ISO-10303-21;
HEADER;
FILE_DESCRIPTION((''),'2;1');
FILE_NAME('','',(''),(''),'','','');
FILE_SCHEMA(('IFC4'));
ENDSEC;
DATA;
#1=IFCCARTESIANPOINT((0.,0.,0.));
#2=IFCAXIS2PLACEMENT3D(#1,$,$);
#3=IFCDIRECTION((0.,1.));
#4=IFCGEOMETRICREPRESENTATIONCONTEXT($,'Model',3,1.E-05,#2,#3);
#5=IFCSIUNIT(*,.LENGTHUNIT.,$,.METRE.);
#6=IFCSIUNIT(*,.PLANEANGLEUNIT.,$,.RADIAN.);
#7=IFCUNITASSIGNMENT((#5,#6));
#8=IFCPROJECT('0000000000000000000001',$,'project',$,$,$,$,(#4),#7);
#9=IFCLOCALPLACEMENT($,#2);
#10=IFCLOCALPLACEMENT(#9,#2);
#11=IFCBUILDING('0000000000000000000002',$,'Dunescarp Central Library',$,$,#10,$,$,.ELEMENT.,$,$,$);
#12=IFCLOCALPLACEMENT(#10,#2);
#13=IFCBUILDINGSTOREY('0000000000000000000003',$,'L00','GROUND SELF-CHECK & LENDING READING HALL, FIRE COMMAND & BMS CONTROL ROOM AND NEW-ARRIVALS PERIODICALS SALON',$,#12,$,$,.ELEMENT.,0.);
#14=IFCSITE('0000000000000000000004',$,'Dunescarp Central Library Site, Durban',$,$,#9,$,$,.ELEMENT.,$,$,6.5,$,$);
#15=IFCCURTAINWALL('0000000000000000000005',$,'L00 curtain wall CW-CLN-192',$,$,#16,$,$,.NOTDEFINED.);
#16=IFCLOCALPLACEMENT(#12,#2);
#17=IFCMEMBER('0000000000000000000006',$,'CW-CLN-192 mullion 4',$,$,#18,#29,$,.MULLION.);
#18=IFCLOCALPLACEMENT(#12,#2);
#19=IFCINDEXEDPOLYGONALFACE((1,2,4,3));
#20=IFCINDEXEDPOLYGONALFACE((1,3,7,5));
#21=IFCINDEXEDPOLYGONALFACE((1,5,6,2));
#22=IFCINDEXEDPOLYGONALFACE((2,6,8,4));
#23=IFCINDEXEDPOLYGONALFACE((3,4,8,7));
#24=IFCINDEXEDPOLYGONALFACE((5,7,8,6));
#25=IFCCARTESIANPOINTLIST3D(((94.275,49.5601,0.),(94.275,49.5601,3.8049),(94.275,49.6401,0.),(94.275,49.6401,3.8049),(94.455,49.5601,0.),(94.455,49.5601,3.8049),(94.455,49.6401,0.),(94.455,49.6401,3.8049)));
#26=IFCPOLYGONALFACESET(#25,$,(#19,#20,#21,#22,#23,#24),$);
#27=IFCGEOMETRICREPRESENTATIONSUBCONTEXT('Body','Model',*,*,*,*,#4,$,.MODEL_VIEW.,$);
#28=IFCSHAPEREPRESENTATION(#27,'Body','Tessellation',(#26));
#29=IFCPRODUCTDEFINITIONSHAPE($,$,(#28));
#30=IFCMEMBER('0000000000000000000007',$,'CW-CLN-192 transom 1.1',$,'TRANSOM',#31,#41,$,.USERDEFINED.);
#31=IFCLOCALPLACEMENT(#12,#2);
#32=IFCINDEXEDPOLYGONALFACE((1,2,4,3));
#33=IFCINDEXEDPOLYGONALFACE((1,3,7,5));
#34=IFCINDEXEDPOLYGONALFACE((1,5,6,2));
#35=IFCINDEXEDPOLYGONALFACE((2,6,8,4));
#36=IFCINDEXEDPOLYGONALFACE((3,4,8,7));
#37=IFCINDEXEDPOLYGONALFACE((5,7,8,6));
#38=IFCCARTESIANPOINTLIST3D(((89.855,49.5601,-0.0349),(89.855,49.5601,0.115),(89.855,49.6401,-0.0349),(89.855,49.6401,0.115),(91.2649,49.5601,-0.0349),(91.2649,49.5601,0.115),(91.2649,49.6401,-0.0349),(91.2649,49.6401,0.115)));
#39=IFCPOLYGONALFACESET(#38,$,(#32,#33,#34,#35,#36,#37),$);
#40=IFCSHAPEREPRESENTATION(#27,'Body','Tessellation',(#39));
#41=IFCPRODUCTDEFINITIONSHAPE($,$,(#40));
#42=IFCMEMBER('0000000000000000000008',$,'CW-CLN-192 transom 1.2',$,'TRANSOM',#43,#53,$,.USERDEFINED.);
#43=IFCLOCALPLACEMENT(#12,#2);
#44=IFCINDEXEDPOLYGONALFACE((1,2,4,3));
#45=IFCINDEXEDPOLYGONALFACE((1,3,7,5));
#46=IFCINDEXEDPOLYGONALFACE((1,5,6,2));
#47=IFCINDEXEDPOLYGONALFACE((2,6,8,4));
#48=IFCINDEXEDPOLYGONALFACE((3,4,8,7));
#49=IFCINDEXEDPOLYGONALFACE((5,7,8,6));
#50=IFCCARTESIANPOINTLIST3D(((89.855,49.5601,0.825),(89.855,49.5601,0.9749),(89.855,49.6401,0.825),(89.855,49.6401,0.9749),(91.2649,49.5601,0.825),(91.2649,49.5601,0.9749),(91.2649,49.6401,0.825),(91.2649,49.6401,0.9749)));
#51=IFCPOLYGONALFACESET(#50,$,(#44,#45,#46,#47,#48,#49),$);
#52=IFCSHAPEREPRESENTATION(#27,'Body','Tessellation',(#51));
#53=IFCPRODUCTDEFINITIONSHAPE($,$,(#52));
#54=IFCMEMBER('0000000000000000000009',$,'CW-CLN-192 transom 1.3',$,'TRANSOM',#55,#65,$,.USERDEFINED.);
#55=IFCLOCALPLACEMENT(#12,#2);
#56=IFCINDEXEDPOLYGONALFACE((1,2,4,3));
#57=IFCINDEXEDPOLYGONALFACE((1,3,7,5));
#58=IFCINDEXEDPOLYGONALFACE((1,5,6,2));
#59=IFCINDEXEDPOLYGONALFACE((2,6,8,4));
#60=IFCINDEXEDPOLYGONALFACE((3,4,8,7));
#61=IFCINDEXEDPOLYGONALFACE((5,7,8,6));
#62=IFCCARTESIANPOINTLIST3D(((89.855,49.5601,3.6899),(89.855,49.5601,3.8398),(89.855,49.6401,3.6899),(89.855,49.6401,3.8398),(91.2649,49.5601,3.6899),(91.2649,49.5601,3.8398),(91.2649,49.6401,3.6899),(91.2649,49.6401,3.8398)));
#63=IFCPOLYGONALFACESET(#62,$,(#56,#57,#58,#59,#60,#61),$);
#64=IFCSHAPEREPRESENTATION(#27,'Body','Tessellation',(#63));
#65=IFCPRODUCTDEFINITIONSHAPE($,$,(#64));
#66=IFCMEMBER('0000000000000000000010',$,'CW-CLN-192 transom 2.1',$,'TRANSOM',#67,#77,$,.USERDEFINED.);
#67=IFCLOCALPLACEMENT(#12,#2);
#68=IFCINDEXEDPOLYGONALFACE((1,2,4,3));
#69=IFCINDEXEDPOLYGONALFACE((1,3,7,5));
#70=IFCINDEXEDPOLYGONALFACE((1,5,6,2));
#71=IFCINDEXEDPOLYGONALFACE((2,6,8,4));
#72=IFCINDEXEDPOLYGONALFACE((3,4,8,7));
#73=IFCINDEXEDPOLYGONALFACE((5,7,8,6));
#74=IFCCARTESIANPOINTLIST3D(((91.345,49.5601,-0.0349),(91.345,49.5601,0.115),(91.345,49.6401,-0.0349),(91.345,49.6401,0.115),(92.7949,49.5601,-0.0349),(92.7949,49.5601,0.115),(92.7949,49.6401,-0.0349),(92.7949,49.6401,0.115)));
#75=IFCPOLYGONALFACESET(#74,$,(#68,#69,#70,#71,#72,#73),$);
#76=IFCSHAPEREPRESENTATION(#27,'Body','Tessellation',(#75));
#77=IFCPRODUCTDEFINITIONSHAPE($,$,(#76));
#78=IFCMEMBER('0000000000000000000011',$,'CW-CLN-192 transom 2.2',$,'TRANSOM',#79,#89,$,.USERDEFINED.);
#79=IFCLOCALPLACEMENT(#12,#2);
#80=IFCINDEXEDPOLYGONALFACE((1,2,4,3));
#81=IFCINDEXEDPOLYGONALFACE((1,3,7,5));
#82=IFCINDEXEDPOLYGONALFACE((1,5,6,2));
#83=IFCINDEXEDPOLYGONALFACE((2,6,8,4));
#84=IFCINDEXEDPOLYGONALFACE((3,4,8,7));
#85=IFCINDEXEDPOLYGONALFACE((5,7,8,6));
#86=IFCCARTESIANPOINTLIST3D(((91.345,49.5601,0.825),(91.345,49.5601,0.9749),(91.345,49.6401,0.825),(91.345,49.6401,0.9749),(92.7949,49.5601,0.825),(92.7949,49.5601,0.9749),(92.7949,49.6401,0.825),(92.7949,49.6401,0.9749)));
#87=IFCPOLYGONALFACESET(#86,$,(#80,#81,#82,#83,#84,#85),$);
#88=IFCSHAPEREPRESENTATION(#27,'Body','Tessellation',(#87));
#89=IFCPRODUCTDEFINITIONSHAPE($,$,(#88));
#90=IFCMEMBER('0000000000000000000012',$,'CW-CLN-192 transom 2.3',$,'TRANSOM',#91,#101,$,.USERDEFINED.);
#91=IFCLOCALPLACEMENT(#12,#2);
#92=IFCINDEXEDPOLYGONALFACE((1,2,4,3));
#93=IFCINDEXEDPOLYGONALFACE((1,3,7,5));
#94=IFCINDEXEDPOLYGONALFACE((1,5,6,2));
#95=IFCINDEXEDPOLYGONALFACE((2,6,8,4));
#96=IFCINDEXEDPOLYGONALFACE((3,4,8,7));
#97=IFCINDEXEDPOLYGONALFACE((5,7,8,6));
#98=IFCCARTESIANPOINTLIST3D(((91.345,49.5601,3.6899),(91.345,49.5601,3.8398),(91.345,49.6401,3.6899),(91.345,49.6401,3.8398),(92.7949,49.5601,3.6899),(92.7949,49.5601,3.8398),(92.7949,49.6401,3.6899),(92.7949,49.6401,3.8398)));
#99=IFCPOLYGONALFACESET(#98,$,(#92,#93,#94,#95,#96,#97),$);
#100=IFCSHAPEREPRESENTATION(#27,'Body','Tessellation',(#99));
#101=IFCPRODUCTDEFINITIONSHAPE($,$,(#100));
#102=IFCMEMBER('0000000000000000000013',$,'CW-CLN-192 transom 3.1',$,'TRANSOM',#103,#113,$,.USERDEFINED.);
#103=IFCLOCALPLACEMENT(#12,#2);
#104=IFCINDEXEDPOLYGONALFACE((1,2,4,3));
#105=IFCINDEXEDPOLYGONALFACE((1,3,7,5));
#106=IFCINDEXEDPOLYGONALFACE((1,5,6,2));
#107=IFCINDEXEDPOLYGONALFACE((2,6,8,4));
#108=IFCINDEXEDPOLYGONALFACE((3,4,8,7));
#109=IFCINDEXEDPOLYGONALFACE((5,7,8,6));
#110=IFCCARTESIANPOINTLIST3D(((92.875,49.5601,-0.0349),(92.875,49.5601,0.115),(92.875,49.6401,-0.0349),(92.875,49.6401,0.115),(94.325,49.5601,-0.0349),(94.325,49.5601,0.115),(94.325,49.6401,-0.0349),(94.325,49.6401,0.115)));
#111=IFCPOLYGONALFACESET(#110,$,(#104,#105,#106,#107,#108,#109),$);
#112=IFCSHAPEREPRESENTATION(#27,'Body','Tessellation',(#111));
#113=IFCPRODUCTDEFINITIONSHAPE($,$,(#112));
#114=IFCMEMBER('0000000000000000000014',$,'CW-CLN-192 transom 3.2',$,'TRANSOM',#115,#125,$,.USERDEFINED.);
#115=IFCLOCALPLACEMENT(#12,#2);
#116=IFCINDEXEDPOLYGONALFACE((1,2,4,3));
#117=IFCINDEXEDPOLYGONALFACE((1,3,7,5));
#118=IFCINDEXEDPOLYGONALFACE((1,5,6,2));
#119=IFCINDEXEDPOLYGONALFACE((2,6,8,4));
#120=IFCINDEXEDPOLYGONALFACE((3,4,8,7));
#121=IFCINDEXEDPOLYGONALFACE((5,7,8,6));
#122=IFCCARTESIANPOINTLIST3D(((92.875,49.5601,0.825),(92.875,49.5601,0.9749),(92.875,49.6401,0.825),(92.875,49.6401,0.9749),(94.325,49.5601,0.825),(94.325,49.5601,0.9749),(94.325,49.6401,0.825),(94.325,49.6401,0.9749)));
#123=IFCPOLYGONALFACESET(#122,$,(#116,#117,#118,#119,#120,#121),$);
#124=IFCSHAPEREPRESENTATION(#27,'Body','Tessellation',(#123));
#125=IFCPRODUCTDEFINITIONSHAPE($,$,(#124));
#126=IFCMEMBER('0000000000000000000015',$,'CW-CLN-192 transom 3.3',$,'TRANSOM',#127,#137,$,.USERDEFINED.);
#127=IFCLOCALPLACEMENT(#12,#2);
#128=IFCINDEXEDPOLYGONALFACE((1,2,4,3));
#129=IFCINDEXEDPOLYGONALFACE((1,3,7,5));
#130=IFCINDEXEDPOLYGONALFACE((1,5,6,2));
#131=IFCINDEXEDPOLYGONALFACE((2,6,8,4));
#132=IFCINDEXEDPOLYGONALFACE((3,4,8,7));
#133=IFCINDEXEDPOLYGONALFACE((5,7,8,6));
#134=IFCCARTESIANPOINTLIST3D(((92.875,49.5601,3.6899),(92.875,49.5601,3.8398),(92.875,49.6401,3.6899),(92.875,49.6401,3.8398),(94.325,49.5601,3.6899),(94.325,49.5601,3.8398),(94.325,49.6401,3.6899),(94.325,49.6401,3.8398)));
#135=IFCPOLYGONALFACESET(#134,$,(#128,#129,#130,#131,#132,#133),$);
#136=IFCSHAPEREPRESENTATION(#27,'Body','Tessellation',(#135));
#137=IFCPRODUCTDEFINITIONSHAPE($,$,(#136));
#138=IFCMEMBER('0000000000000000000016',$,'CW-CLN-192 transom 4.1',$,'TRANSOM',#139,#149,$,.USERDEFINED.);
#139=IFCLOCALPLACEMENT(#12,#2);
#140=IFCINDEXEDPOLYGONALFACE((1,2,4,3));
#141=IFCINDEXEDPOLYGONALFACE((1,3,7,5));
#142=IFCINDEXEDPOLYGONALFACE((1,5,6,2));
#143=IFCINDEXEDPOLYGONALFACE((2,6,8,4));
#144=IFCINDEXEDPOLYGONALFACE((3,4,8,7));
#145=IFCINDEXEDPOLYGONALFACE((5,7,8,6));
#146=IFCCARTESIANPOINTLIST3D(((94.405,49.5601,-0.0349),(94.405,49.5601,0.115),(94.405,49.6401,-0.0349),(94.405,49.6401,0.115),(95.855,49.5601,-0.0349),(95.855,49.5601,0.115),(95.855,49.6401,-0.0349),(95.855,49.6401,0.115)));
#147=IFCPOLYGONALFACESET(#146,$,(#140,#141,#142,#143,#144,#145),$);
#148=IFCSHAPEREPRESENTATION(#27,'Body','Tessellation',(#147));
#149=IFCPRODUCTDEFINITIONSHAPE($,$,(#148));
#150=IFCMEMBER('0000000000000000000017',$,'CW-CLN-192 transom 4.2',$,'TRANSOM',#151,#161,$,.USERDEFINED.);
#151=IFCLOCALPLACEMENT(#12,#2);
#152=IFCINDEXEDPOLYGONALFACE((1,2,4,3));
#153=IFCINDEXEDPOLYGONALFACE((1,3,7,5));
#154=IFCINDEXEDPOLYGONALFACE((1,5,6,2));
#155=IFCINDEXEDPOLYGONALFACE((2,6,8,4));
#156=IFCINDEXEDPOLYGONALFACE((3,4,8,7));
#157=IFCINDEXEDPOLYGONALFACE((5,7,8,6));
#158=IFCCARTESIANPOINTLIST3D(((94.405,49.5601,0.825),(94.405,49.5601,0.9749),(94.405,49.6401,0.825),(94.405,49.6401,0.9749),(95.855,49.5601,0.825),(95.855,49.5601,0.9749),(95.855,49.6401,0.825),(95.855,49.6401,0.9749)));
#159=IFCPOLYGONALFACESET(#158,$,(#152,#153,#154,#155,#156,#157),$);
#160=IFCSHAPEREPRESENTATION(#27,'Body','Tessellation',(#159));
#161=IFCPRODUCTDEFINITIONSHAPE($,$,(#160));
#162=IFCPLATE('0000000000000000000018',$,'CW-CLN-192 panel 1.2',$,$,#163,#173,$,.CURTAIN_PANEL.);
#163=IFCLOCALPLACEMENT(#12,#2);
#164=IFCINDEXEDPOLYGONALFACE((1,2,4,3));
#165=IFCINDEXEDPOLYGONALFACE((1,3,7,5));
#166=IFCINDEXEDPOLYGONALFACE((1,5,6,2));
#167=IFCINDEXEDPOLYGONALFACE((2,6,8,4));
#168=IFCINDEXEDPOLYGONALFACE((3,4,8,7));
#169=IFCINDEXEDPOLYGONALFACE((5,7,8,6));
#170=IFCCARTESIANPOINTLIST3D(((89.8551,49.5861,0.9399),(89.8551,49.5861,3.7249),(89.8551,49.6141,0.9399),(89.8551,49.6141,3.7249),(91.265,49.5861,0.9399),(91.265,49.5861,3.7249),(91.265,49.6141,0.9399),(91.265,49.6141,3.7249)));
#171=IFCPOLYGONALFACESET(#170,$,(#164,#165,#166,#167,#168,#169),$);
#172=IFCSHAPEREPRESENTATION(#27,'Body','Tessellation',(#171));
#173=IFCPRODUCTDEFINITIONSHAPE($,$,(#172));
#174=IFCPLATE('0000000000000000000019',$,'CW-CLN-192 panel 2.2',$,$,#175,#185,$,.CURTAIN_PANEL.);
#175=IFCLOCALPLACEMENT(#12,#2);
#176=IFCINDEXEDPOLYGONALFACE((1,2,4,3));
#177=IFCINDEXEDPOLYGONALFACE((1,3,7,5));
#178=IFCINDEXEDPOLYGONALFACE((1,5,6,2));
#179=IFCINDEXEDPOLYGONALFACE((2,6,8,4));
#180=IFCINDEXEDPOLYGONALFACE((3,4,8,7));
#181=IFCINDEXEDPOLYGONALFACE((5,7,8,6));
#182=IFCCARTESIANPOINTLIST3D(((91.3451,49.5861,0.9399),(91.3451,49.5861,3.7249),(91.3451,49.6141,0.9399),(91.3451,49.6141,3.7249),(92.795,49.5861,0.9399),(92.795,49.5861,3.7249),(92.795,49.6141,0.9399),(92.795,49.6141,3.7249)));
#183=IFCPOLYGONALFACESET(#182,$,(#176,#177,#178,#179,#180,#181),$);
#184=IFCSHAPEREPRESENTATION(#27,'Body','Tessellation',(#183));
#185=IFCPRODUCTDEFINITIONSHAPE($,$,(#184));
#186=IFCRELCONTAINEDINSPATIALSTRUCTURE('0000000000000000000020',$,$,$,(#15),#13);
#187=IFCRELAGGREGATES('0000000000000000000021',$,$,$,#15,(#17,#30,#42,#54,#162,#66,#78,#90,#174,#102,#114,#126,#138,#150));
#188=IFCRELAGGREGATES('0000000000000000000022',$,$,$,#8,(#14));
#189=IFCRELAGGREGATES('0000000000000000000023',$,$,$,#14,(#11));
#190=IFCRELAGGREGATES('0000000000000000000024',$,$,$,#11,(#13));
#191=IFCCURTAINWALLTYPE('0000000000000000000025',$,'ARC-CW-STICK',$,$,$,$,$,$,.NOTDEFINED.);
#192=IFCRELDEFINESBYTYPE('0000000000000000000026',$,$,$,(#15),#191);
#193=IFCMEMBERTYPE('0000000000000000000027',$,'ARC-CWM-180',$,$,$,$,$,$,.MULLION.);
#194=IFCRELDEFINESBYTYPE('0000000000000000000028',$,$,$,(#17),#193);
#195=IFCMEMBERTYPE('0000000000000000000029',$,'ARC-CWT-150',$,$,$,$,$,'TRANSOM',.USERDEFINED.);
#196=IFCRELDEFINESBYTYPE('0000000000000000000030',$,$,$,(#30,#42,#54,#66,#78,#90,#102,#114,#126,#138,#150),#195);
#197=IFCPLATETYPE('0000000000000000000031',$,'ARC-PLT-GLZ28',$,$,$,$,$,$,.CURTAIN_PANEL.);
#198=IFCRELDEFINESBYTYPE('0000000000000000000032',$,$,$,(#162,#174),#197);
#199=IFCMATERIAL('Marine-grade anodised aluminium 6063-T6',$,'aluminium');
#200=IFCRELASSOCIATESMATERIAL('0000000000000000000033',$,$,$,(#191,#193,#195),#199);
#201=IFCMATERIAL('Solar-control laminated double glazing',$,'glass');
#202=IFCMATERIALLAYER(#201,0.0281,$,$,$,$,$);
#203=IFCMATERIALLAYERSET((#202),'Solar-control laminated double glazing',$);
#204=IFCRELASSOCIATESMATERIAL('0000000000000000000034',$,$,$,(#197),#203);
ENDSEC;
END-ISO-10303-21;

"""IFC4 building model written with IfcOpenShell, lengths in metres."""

from ifc_helpers import new_model, si_unit, direction, frame, origin, origin_2d, place, context, subcontext, project, spatial, rectangle, extrude, material, layer, layer_set, material_profile, profile_set, type_object, element, aggregate, save


model = new_model("IFC4")

# Units and contexts
model_context = context("Model", 3, precision=1e-05, world=origin(), true_north=direction((0.0, 1.0)))
body_context = subcontext(model_context, "Body", "Model", "MODEL_VIEW")
ifc_project = project(units=[si_unit("LENGTHUNIT", "METRE"), si_unit("PLANEANGLEUNIT", "RADIAN")], contexts=[model_context])

# Site, building, storey
site_placement = place(None, origin())
site = spatial("IfcSite", under=ifc_project, at=site_placement, Name="Dunescarp Central Library Site, Durban", CompositionType="ELEMENT", RefElevation=6.5)
building_placement = place(site_placement, origin())
building = spatial("IfcBuilding", under=site, at=building_placement, Name="Dunescarp Central Library", CompositionType="ELEMENT")
storey_placement = place(building_placement, origin())
storey = spatial("IfcBuildingStorey", under=building, at=storey_placement, Name="L00", Description="GROUND SELF-CHECK & LENDING READING HALL, FIRE COMMAND & BMS CONTROL ROOM AND NEW-ARRIVALS PERIODICALS SALON", CompositionType="ELEMENT", Elevation=0.0)

# Curtain wall, members, plates
ifc_material_1 = material(Name="Marine-grade anodised aluminium 6063-T6", Category="aluminium")
curtain_wall_type = type_object("IfcCurtainWallType", Name="ARC-CW-STICK", PredefinedType="NOTDEFINED", material=ifc_material_1)
curtain_wall_placement = place(storey_placement, origin())
curtain_wall = element("IfcCurtainWall", 1, at=curtain_wall_placement, inside=storey, type_object=curtain_wall_type, Name="L00 curtain wall CW-CLN-192", PredefinedType="NOTDEFINED")
ifc_material_profile_1 = material_profile(ifc_material_1, rectangle(XDim=0.0801, YDim=0.1799, at=origin_2d()), Name="AL 80x180")
ifc_profile_set_1 = profile_set([ifc_material_profile_1], Name="Marine-grade anodised aluminium 6063-T6")
member_type_1 = type_object("IfcMemberType", Name="ARC-CWM-180", PredefinedType="MULLION", material=ifc_profile_set_1)
member_1_placement = place(storey_placement, frame((94.365, 49.6001, 0.0), z_axis=(0.0, 0.0, 1.0), x_axis=(0.0, 1.0, 0.0)))
member_1 = element("IfcMember", 2, at=member_1_placement, type_object=member_type_1, Name="CW-CLN-192 mullion 4", PredefinedType="MULLION", context=body_context, shape_type="SweptSolid", body=[
    extrude(rectangle(XDim=0.0801, YDim=0.1799, at=origin_2d()), origin(), (0.0, 0.0, 1.0), 3.8049),
])
ifc_material_profile_2 = material_profile(ifc_material_1, rectangle(XDim=0.0801, YDim=0.1499, at=origin_2d()), Name="AL 80x150")
ifc_profile_set_2 = profile_set([ifc_material_profile_2], Name="Marine-grade anodised aluminium 6063-T6")
member_type_2 = type_object("IfcMemberType", Name="ARC-CWT-150", ElementType="TRANSOM", PredefinedType="USERDEFINED", material=ifc_profile_set_2)
member_2_placement = place(storey_placement, frame((89.855, 49.6001, 0.04), z_axis=(1.0, 0.0, 0.0), x_axis=(0.0, 1.0, 0.0)))
member_2 = element("IfcMember", 3, at=member_2_placement, type_object=member_type_2, Name="CW-CLN-192 transom 1.1", ObjectType="TRANSOM", PredefinedType="USERDEFINED", context=body_context, shape_type="SweptSolid", body=[
    extrude(rectangle(XDim=0.0801, YDim=0.1499, at=origin_2d()), origin(), (0.0, 0.0, 1.0), 1.4099),
])
member_3_placement = place(storey_placement, frame((89.855, 49.6001, 0.8999), z_axis=(1.0, 0.0, 0.0), x_axis=(0.0, 1.0, 0.0)))
member_3 = element("IfcMember", 4, at=member_3_placement, type_object=member_type_2, Name="CW-CLN-192 transom 1.2", ObjectType="TRANSOM", PredefinedType="USERDEFINED", context=body_context, shape_type="SweptSolid", body=[
    extrude(rectangle(XDim=0.0801, YDim=0.1499, at=origin_2d()), origin(), (0.0, 0.0, 1.0), 1.4099),
])
member_4_placement = place(storey_placement, frame((89.855, 49.6001, 3.7649), z_axis=(1.0, 0.0, 0.0), x_axis=(0.0, 1.0, 0.0)))
member_4 = element("IfcMember", 5, at=member_4_placement, type_object=member_type_2, Name="CW-CLN-192 transom 1.3", ObjectType="TRANSOM", PredefinedType="USERDEFINED", context=body_context, shape_type="SweptSolid", body=[
    extrude(rectangle(XDim=0.0801, YDim=0.1499, at=origin_2d()), origin(), (0.0, 0.0, 1.0), 1.4099),
])
member_5_placement = place(storey_placement, frame((91.345, 49.6001, 0.04), z_axis=(1.0, 0.0, 0.0), x_axis=(0.0, 1.0, 0.0)))
member_5 = element("IfcMember", 6, at=member_5_placement, type_object=member_type_2, Name="CW-CLN-192 transom 2.1", ObjectType="TRANSOM", PredefinedType="USERDEFINED", context=body_context, shape_type="SweptSolid", body=[
    extrude(rectangle(XDim=0.0801, YDim=0.1499, at=origin_2d()), origin(), (0.0, 0.0, 1.0), 1.45),
])
member_6_placement = place(storey_placement, frame((91.345, 49.6001, 0.8999), z_axis=(1.0, 0.0, 0.0), x_axis=(0.0, 1.0, 0.0)))
member_6 = element("IfcMember", 7, at=member_6_placement, type_object=member_type_2, Name="CW-CLN-192 transom 2.2", ObjectType="TRANSOM", PredefinedType="USERDEFINED", context=body_context, shape_type="SweptSolid", body=[
    extrude(rectangle(XDim=0.0801, YDim=0.1499, at=origin_2d()), origin(), (0.0, 0.0, 1.0), 1.45),
])
member_7_placement = place(storey_placement, frame((91.345, 49.6001, 3.7649), z_axis=(1.0, 0.0, 0.0), x_axis=(0.0, 1.0, 0.0)))
member_7 = element("IfcMember", 8, at=member_7_placement, type_object=member_type_2, Name="CW-CLN-192 transom 2.3", ObjectType="TRANSOM", PredefinedType="USERDEFINED", context=body_context, shape_type="SweptSolid", body=[
    extrude(rectangle(XDim=0.0801, YDim=0.1499, at=origin_2d()), origin(), (0.0, 0.0, 1.0), 1.45),
])
member_8_placement = place(storey_placement, frame((92.875, 49.6001, 0.04), z_axis=(1.0, 0.0, 0.0), x_axis=(0.0, 1.0, 0.0)))
member_8 = element("IfcMember", 9, at=member_8_placement, type_object=member_type_2, Name="CW-CLN-192 transom 3.1", ObjectType="TRANSOM", PredefinedType="USERDEFINED", context=body_context, shape_type="SweptSolid", body=[
    extrude(rectangle(XDim=0.0801, YDim=0.1499, at=origin_2d()), origin(), (0.0, 0.0, 1.0), 1.45),
])
member_9_placement = place(storey_placement, frame((92.875, 49.6001, 0.8999), z_axis=(1.0, 0.0, 0.0), x_axis=(0.0, 1.0, 0.0)))
member_9 = element("IfcMember", 10, at=member_9_placement, type_object=member_type_2, Name="CW-CLN-192 transom 3.2", ObjectType="TRANSOM", PredefinedType="USERDEFINED", context=body_context, shape_type="SweptSolid", body=[
    extrude(rectangle(XDim=0.0801, YDim=0.1499, at=origin_2d()), origin(), (0.0, 0.0, 1.0), 1.45),
])
member_10_placement = place(storey_placement, frame((92.875, 49.6001, 3.7649), z_axis=(1.0, 0.0, 0.0), x_axis=(0.0, 1.0, 0.0)))
member_10 = element("IfcMember", 11, at=member_10_placement, type_object=member_type_2, Name="CW-CLN-192 transom 3.3", ObjectType="TRANSOM", PredefinedType="USERDEFINED", context=body_context, shape_type="SweptSolid", body=[
    extrude(rectangle(XDim=0.0801, YDim=0.1499, at=origin_2d()), origin(), (0.0, 0.0, 1.0), 1.45),
])
member_11_placement = place(storey_placement, frame((94.405, 49.6001, 0.04), z_axis=(1.0, 0.0, 0.0), x_axis=(0.0, 1.0, 0.0)))
member_11 = element("IfcMember", 12, at=member_11_placement, type_object=member_type_2, Name="CW-CLN-192 transom 4.1", ObjectType="TRANSOM", PredefinedType="USERDEFINED", context=body_context, shape_type="SweptSolid", body=[
    extrude(rectangle(XDim=0.0801, YDim=0.1499, at=origin_2d()), origin(), (0.0, 0.0, 1.0), 1.45),
])
member_12_placement = place(storey_placement, frame((94.405, 49.6001, 0.8999), z_axis=(1.0, 0.0, 0.0), x_axis=(0.0, 1.0, 0.0)))
member_12 = element("IfcMember", 13, at=member_12_placement, type_object=member_type_2, Name="CW-CLN-192 transom 4.2", ObjectType="TRANSOM", PredefinedType="USERDEFINED", context=body_context, shape_type="SweptSolid", body=[
    extrude(rectangle(XDim=0.0801, YDim=0.1499, at=origin_2d()), origin(), (0.0, 0.0, 1.0), 1.45),
])
ifc_material_2 = material(Name="Solar-control laminated double glazing", Category="glass")
ifc_layer_1 = layer(ifc_material_2, 0.0281)
ifc_layer_set_1 = layer_set([ifc_layer_1], Name="Solar-control laminated double glazing")
plate_type_1 = type_object("IfcPlateType", Name="ARC-PLT-GLZ28", PredefinedType="CURTAIN_PANEL", material=ifc_layer_set_1)
plate_1_placement = place(storey_placement, frame((90.5601, 49.6001, 0.9399), z_axis=(0.0, 0.0, 1.0), x_axis=(1.0, 0.0, 0.0)))
plate_1 = element("IfcPlate", 14, at=plate_1_placement, type_object=plate_type_1, Name="CW-CLN-192 panel 1.2", PredefinedType="CURTAIN_PANEL", context=body_context, shape_type="SweptSolid", body=[
    extrude(rectangle(XDim=1.4099, YDim=0.0281, at=origin_2d()), origin(), (0.0, 0.0, 1.0), 2.7849),
])
plate_2_placement = place(storey_placement, frame((92.0701, 49.6001, 0.9399), z_axis=(0.0, 0.0, 1.0), x_axis=(1.0, 0.0, 0.0)))
plate_2 = element("IfcPlate", 15, at=plate_2_placement, type_object=plate_type_1, Name="CW-CLN-192 panel 2.2", PredefinedType="CURTAIN_PANEL", context=body_context, shape_type="SweptSolid", body=[
    extrude(rectangle(XDim=1.45, YDim=0.0281, at=origin_2d()), origin(), (0.0, 0.0, 1.0), 2.7849),
])
aggregate(curtain_wall, [member_1, member_2, member_3, member_4, plate_1, member_5, member_6, member_7, plate_2, member_8, member_9, member_10, member_11, member_12])

save(model, "model.ifc")
